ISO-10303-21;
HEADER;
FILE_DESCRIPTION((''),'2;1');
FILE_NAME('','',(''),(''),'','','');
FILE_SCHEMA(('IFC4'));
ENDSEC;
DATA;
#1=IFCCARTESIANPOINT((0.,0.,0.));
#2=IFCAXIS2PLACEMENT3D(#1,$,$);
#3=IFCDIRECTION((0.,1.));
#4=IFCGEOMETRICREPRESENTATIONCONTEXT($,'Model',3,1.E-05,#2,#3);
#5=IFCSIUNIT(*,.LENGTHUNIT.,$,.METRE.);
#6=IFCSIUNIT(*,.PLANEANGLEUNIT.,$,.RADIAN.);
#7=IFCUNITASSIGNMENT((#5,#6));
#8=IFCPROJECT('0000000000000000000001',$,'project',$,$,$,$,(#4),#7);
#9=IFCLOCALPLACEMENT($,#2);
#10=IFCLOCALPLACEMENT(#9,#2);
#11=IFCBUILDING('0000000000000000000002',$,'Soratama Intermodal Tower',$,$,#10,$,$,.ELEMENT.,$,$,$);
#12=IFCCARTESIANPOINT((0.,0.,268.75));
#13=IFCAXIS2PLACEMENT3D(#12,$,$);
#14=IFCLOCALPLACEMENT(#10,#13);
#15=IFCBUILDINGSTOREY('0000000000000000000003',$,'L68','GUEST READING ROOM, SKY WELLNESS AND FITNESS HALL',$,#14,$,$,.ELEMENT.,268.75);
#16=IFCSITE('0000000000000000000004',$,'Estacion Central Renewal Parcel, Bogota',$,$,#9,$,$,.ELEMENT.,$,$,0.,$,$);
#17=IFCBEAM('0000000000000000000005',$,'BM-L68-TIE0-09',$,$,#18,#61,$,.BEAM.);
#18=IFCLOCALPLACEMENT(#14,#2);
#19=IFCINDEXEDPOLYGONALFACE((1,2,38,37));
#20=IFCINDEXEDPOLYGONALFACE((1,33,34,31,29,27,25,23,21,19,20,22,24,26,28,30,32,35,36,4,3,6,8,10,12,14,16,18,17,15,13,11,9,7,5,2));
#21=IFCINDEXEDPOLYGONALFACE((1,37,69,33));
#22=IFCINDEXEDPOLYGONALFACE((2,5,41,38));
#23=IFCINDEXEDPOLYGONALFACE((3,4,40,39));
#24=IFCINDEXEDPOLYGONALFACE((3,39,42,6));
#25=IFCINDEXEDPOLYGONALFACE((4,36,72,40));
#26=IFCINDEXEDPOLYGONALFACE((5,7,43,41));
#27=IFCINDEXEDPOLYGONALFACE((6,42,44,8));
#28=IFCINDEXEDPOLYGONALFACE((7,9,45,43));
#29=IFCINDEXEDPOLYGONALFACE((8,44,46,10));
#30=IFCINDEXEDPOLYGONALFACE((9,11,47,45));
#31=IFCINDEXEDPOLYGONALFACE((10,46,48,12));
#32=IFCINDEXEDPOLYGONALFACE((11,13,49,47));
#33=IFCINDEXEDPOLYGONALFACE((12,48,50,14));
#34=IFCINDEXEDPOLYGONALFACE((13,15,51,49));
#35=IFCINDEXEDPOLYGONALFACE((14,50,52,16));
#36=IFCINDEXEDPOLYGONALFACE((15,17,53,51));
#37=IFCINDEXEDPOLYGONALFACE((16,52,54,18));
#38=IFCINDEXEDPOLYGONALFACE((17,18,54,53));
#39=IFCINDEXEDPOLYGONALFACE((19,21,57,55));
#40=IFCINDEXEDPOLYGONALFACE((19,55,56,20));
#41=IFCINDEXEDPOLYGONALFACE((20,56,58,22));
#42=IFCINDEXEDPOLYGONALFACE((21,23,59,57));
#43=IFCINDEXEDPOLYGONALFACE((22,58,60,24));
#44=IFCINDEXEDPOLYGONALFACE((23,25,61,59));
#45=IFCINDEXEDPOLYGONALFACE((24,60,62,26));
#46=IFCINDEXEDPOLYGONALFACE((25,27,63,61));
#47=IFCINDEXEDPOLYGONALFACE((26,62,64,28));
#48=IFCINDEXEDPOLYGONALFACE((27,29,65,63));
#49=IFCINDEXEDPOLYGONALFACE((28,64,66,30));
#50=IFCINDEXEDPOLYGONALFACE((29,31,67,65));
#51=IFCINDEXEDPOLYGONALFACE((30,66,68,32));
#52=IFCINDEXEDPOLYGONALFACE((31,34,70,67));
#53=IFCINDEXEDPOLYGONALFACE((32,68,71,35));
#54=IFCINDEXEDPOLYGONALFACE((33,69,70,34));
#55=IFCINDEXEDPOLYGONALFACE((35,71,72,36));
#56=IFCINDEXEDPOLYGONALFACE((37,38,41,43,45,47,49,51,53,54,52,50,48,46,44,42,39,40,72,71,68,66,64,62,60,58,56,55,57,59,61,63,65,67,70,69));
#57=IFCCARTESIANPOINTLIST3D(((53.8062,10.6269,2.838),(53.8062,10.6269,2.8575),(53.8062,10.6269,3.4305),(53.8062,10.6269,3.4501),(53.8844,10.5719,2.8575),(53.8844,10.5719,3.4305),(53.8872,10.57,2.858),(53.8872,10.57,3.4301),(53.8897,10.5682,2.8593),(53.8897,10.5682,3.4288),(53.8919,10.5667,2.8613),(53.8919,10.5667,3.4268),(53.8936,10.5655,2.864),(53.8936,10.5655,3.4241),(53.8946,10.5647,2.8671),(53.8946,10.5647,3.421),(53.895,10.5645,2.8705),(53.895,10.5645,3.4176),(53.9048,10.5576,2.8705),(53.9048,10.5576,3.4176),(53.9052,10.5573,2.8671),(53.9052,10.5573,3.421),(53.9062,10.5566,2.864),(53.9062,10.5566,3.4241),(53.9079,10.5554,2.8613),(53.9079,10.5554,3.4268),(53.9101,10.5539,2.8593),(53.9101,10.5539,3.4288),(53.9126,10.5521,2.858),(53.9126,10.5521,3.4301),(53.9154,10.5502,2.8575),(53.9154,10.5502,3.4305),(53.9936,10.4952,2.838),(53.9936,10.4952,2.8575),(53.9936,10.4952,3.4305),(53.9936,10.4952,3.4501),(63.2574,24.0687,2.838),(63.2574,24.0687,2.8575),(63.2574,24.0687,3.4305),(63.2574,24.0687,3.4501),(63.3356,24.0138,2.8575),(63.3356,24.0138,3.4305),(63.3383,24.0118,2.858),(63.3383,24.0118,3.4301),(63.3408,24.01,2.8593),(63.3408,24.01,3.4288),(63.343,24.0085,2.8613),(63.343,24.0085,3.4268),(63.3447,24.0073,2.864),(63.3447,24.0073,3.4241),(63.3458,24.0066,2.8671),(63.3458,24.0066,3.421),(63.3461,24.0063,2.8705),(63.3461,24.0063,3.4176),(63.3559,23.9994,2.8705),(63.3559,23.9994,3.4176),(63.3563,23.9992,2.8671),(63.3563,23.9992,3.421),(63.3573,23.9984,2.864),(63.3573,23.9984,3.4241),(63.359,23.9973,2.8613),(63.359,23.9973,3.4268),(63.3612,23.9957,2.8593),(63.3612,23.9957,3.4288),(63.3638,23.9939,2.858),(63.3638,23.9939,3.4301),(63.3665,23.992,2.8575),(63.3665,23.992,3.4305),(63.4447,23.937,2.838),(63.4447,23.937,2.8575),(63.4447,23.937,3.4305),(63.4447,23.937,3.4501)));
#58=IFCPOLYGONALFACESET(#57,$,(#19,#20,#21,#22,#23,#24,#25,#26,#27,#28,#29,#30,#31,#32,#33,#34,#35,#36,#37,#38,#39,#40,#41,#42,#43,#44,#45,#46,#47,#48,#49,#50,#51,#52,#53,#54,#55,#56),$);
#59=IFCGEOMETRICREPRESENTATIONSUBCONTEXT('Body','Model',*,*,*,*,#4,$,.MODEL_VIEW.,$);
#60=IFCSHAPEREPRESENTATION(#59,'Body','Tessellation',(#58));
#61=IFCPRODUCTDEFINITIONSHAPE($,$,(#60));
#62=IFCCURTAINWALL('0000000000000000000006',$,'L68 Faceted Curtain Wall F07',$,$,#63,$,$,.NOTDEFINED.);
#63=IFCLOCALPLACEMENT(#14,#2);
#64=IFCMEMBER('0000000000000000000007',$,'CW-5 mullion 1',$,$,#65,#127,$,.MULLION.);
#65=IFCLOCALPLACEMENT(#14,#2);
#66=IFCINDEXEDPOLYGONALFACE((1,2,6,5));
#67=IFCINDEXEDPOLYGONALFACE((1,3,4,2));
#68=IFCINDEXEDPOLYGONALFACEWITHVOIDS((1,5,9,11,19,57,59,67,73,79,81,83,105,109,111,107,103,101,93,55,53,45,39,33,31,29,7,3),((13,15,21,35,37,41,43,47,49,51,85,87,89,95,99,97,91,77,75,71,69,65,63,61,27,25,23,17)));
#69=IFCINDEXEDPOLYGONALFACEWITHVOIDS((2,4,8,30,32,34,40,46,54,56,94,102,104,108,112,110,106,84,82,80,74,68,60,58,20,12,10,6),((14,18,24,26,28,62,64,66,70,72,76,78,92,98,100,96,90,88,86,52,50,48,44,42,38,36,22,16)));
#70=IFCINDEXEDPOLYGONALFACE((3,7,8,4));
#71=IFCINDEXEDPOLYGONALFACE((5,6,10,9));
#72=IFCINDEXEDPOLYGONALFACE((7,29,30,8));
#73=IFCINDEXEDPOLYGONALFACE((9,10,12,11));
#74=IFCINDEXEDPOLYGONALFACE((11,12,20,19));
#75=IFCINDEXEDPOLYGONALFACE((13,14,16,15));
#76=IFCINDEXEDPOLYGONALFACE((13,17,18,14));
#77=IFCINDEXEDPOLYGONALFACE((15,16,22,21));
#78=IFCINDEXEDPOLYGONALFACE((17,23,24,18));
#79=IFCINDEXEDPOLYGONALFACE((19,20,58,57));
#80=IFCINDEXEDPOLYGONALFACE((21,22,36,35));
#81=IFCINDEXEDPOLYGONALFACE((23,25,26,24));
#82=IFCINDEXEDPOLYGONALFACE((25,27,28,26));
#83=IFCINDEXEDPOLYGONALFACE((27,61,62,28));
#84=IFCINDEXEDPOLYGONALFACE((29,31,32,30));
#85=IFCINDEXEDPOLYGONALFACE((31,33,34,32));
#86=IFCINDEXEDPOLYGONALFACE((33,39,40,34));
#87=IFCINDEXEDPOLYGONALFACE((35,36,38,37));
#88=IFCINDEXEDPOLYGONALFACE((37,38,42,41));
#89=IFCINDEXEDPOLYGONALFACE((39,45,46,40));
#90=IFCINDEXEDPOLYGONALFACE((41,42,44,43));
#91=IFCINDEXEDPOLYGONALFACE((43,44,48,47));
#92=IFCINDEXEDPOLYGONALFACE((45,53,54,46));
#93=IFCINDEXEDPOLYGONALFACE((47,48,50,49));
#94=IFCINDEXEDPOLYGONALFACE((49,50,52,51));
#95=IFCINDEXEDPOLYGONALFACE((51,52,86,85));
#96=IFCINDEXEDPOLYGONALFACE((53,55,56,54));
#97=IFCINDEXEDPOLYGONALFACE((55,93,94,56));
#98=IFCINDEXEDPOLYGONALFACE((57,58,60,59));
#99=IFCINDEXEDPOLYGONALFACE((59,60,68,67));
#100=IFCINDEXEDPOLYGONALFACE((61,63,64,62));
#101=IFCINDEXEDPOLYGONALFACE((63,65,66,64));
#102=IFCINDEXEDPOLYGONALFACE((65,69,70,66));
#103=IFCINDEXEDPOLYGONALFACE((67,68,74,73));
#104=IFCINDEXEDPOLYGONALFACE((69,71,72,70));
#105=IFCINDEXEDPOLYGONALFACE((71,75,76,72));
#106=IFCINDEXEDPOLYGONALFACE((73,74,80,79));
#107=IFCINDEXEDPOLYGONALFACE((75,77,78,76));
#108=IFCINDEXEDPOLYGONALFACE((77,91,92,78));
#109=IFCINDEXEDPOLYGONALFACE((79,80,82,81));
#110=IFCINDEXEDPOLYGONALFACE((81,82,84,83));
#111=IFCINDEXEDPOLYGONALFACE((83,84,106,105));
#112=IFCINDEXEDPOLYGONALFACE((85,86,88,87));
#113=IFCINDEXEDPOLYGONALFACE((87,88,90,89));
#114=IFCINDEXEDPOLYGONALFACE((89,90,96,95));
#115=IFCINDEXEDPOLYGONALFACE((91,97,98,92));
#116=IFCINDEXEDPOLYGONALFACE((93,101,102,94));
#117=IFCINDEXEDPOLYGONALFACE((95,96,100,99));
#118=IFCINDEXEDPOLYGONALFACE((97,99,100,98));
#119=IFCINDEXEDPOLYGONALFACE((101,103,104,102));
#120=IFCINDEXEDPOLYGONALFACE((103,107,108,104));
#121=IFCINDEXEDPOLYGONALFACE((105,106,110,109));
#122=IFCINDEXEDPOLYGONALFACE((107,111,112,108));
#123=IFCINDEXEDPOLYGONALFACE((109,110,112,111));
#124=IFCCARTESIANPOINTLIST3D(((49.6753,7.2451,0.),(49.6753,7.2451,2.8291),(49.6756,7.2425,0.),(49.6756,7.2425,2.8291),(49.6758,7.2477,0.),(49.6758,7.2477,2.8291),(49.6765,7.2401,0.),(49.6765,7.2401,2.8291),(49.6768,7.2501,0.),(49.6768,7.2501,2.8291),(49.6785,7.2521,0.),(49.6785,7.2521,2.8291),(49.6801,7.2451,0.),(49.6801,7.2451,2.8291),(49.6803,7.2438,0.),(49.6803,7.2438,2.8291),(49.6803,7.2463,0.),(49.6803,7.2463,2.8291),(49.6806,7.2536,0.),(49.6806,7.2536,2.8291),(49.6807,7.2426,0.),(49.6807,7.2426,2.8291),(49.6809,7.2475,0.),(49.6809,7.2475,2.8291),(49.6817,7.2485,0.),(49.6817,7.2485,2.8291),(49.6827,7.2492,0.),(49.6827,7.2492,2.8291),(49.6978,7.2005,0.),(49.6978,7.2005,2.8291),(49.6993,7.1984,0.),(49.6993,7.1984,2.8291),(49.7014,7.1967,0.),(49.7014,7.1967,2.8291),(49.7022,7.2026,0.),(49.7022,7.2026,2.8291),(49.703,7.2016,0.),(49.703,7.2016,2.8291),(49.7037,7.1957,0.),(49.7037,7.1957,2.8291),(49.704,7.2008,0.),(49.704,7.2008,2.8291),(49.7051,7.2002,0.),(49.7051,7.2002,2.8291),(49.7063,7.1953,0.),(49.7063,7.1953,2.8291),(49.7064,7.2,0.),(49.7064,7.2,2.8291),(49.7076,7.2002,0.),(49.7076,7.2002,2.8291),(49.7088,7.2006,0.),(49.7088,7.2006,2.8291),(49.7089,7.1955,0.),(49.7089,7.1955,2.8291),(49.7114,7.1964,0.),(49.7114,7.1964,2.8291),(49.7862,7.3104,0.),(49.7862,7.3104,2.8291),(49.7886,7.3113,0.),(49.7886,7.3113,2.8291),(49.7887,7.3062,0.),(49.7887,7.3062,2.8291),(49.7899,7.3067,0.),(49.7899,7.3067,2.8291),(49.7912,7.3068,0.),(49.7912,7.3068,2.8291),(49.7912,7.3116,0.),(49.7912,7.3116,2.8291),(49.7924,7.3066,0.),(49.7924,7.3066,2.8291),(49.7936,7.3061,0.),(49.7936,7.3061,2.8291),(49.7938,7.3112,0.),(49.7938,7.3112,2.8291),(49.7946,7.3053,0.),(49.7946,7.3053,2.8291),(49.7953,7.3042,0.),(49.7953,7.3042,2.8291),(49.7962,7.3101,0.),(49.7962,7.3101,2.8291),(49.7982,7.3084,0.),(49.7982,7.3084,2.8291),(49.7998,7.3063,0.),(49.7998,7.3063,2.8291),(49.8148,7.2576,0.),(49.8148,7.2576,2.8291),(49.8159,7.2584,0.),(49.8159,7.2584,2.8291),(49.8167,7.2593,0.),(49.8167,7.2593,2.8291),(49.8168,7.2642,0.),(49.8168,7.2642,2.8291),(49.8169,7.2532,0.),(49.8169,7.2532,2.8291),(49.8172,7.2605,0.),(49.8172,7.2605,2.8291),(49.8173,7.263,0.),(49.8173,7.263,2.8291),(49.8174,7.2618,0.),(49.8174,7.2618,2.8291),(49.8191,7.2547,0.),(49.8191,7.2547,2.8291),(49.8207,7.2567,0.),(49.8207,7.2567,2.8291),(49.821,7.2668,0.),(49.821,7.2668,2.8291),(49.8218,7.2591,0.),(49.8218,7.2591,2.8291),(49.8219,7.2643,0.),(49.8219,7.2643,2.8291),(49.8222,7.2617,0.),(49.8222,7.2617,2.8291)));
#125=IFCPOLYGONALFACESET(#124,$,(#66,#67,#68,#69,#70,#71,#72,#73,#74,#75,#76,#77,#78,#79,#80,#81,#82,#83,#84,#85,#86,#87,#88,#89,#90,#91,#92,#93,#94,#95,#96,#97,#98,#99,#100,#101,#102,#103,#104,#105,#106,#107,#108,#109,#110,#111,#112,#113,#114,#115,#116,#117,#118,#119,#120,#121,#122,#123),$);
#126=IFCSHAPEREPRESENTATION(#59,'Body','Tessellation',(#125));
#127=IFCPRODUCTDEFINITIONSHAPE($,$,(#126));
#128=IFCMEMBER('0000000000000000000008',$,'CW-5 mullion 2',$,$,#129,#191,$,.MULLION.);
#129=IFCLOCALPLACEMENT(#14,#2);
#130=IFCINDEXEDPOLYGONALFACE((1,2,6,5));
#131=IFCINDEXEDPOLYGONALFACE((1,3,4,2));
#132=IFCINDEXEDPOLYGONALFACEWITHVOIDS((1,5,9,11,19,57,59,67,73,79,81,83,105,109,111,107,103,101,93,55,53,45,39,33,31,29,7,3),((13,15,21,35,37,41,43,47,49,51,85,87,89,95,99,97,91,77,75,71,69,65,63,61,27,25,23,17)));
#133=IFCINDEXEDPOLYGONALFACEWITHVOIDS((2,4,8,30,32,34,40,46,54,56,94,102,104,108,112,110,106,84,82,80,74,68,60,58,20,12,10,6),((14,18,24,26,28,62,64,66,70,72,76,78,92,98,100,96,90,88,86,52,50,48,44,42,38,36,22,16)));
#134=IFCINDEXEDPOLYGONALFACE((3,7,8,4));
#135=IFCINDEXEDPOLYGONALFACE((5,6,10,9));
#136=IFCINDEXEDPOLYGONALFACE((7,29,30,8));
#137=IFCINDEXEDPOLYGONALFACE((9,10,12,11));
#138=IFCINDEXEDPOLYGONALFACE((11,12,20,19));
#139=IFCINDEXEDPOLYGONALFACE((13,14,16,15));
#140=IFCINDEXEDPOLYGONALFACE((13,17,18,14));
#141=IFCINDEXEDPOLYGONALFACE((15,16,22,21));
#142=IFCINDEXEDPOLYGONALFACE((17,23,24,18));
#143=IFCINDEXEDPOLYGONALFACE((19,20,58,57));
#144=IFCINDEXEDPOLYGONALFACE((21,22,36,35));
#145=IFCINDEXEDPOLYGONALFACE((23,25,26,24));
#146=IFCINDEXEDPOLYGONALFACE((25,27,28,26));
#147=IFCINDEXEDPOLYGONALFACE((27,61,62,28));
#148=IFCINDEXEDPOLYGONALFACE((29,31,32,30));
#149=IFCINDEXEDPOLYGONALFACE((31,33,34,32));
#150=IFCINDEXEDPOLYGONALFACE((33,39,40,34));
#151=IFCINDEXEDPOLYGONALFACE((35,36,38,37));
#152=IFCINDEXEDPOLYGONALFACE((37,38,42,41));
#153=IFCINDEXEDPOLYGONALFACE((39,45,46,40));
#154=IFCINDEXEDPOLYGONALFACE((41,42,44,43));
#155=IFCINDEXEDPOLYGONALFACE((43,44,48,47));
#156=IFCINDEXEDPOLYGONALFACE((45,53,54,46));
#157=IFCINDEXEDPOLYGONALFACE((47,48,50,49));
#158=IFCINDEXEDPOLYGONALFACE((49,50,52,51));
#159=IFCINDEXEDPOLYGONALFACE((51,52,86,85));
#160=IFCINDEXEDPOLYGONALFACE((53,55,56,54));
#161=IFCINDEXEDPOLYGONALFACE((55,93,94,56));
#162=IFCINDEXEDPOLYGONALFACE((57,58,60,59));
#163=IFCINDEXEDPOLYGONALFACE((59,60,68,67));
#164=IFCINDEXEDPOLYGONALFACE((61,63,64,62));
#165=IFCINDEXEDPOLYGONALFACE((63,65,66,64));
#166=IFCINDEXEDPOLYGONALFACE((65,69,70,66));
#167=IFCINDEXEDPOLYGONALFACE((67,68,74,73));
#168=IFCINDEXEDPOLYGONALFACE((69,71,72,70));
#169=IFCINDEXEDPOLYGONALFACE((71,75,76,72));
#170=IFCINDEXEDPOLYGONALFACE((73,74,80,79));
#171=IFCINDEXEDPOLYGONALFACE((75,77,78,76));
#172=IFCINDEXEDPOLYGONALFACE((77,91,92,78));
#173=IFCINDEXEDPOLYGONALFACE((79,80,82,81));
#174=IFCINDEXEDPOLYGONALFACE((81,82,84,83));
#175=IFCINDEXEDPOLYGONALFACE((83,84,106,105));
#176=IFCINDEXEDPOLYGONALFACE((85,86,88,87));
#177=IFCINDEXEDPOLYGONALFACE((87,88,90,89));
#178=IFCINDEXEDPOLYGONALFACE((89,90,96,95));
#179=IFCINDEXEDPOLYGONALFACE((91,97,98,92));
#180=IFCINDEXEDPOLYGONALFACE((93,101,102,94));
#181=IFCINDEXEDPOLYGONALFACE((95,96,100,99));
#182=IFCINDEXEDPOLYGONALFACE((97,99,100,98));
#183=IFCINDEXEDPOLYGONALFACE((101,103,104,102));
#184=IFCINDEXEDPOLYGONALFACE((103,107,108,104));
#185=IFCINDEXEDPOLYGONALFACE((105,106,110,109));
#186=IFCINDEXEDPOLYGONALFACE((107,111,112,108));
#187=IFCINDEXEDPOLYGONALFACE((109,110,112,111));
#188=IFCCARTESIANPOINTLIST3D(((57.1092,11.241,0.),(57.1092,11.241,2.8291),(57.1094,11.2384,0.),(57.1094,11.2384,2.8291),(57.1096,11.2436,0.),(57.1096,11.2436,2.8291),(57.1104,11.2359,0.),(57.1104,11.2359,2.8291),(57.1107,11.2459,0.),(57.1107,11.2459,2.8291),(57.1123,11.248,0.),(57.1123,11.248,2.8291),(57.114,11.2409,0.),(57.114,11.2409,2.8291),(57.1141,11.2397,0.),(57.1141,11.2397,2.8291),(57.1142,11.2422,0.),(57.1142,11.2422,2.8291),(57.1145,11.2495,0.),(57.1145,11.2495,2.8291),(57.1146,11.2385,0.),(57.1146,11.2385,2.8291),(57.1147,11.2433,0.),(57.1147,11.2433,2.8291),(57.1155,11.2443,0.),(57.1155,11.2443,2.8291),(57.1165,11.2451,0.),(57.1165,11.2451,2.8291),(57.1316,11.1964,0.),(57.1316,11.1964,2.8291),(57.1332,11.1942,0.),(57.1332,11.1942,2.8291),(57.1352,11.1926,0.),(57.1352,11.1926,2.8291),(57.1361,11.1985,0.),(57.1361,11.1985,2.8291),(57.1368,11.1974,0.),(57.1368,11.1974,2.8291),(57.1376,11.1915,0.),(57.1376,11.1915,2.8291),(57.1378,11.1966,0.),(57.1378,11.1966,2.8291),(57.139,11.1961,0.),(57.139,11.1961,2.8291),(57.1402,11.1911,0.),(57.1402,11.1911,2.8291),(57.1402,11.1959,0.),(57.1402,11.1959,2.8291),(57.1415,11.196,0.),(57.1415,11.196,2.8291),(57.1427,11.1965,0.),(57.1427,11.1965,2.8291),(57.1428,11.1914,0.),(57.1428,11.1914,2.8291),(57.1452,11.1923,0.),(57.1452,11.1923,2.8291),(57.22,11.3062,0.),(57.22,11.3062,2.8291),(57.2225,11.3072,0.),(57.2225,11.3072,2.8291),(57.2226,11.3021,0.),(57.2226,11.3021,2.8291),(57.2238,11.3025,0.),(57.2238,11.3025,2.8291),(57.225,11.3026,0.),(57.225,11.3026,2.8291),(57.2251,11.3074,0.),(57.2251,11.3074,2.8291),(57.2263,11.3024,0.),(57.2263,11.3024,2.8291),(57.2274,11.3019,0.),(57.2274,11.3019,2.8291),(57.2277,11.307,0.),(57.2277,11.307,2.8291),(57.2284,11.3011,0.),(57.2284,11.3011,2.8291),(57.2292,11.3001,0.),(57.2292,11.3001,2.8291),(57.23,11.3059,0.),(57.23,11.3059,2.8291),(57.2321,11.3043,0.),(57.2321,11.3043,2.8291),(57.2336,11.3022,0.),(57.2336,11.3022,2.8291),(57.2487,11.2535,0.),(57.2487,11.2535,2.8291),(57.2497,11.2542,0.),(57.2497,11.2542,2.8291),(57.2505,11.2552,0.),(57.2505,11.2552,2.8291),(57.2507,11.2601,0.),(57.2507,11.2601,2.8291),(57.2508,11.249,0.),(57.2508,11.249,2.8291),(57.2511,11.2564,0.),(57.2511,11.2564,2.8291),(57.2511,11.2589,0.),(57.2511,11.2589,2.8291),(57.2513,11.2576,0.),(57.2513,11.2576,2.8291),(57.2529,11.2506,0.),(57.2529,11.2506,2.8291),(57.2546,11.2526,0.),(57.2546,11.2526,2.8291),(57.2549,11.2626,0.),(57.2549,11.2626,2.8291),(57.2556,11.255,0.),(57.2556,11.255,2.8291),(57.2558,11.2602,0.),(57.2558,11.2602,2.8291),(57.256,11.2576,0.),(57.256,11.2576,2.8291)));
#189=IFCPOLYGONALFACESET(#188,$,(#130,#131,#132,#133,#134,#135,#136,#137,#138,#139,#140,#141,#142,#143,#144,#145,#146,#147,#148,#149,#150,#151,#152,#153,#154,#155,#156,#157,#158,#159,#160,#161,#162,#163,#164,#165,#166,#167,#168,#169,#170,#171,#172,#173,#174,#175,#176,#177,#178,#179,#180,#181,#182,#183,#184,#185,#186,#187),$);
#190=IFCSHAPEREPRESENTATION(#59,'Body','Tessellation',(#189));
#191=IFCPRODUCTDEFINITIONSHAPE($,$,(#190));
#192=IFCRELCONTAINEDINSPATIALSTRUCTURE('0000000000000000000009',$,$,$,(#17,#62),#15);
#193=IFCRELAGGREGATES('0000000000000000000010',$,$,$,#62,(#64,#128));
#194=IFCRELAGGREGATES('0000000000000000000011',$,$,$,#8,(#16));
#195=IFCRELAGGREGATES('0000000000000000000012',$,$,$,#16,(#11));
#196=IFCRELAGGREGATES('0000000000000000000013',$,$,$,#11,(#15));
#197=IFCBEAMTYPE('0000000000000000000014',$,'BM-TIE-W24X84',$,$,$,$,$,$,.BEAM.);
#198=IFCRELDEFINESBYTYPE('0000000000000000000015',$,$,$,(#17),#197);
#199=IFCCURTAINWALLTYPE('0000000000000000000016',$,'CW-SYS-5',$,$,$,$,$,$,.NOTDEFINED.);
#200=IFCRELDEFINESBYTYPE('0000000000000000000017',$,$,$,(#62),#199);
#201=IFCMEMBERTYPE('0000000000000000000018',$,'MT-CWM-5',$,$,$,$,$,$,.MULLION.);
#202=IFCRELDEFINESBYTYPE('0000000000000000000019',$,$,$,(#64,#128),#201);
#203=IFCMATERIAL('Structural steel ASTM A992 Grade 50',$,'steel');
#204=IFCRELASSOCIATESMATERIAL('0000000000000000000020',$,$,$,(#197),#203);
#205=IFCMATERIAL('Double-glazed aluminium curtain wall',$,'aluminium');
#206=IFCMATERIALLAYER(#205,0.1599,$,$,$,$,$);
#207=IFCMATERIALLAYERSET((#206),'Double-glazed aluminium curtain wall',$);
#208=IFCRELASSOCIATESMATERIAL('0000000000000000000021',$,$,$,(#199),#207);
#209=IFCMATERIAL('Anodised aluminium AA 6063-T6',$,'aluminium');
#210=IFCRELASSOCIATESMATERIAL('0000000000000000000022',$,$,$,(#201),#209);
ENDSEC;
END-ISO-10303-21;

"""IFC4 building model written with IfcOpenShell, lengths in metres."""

from ifc_helpers import new_model, si_unit, direction, frame, origin, origin_2d, place, context, subcontext, project, spatial, hollow_rectangle, i_section, extrude, material, layer, layer_set, material_profile, profile_set, type_object, element, aggregate, save


model = new_model("IFC4")

# Units and contexts
model_context = context("Model", 3, precision=1e-05, world=origin(), true_north=direction((0.0, 1.0)))
body_context = subcontext(model_context, "Body", "Model", "MODEL_VIEW")
ifc_project = project(units=[si_unit("LENGTHUNIT", "METRE"), si_unit("PLANEANGLEUNIT", "RADIAN")], contexts=[model_context])

# Site, building, storey
site_placement = place(None, origin())
site = spatial("IfcSite", under=ifc_project, at=site_placement, Name="Estacion Central Renewal Parcel, Bogota", CompositionType="ELEMENT", RefElevation=0.0)
building_placement = place(site_placement, origin())
building = spatial("IfcBuilding", under=site, at=building_placement, Name="Soratama Intermodal Tower", CompositionType="ELEMENT")
storey_placement = place(building_placement, frame((0.0, 0.0, 268.75)))
storey = spatial("IfcBuildingStorey", under=building, at=storey_placement, Name="L68", Description="GUEST READING ROOM, SKY WELLNESS AND FITNESS HALL", CompositionType="ELEMENT", Elevation=268.75)

# Beam
ifc_material_1 = material(Name="Structural steel ASTM A992 Grade 50", Category="steel")
ifc_material_profile_1 = material_profile(ifc_material_1, i_section(OverallWidth=0.229, OverallDepth=0.6121, WebThickness=0.012, FlangeThickness=0.0195, FilletRadius=0.0129, at=origin_2d()), Name="W24X84")
ifc_profile_set_1 = profile_set([ifc_material_profile_1], Name="Structural steel ASTM A992 Grade 50")
beam_type_1 = type_object("IfcBeamType", Name="BM-TIE-W24X84", PredefinedType="BEAM", material=ifc_profile_set_1)
beam_1_placement = place(storey_placement, frame((53.8999, 10.561, 3.144), z_axis=(0.57517, 0.818034, 0.0), x_axis=(-0.818034, 0.57517, 0.0)))
element("IfcBeam", 1, at=beam_1_placement, inside=storey, type_object=beam_type_1, Name="BM-L68-TIE0-09", PredefinedType="BEAM", context=body_context, shape_type="SweptSolid", body=[
    extrude(i_section(OverallWidth=0.229, OverallDepth=0.6121, WebThickness=0.012, FlangeThickness=0.0195, FilletRadius=0.0129, at=origin_2d()), origin(), (0.0, 0.0, 1.0), 16.4319),
])

# Curtain wall, members
ifc_material_2 = material(Name="Double-glazed aluminium curtain wall", Category="aluminium")
ifc_layer_1 = layer(ifc_material_2, 0.1599)
ifc_layer_set_1 = layer_set([ifc_layer_1], Name="Double-glazed aluminium curtain wall")
curtain_wall_type = type_object("IfcCurtainWallType", Name="CW-SYS-5", PredefinedType="NOTDEFINED", material=ifc_layer_set_1)
curtain_wall_1_placement = place(storey_placement, origin())
curtain_wall_1 = element("IfcCurtainWall", 2, at=curtain_wall_1_placement, inside=storey, type_object=curtain_wall_type, Name="L68 Faceted Curtain Wall F07", PredefinedType="NOTDEFINED")
ifc_material_3 = material(Name="Anodised aluminium AA 6063-T6", Category="aluminium")
ifc_material_profile_2 = material_profile(ifc_material_3, hollow_rectangle(XDim=0.0649, YDim=0.1399, WallThickness=0.0049, InnerFilletRadius=0.0049, OuterFilletRadius=0.01, at=origin_2d()), Name="CWM140X65X5")
ifc_profile_set_2 = profile_set([ifc_material_profile_2], Name="Anodised aluminium AA 6063-T6")
member_type_1 = type_object("IfcMemberType", Name="MT-CWM-5", PredefinedType="MULLION", material=ifc_profile_set_2)
member_1_placement = place(storey_placement, frame((49.7488, 7.2534, 0.0), z_axis=(0.0, 0.0, 1.0), x_axis=(-0.47347, 0.88081, 0.0)))
member_1 = element("IfcMember", 3, at=member_1_placement, type_object=member_type_1, Name="CW-5 mullion 1", PredefinedType="MULLION", context=body_context, shape_type="SweptSolid", body=[
    extrude(hollow_rectangle(XDim=0.0649, YDim=0.1399, WallThickness=0.0049, InnerFilletRadius=0.0049, OuterFilletRadius=0.01, at=origin_2d()), origin(), (0.0, 0.0, 1.0), 2.8291),
])
member_2_placement = place(storey_placement, frame((57.1826, 11.2493, 0.0), z_axis=(0.0, 0.0, 1.0), x_axis=(-0.47347, 0.88081, 0.0)))
member_2 = element("IfcMember", 4, at=member_2_placement, type_object=member_type_1, Name="CW-5 mullion 2", PredefinedType="MULLION", context=body_context, shape_type="SweptSolid", body=[
    extrude(hollow_rectangle(XDim=0.0649, YDim=0.1399, WallThickness=0.0049, InnerFilletRadius=0.0049, OuterFilletRadius=0.01, at=origin_2d()), origin(), (0.0, 0.0, 1.0), 2.8291),
])

aggregate(curtain_wall_1, [member_1, member_2])

save(model, "model.ifc")
